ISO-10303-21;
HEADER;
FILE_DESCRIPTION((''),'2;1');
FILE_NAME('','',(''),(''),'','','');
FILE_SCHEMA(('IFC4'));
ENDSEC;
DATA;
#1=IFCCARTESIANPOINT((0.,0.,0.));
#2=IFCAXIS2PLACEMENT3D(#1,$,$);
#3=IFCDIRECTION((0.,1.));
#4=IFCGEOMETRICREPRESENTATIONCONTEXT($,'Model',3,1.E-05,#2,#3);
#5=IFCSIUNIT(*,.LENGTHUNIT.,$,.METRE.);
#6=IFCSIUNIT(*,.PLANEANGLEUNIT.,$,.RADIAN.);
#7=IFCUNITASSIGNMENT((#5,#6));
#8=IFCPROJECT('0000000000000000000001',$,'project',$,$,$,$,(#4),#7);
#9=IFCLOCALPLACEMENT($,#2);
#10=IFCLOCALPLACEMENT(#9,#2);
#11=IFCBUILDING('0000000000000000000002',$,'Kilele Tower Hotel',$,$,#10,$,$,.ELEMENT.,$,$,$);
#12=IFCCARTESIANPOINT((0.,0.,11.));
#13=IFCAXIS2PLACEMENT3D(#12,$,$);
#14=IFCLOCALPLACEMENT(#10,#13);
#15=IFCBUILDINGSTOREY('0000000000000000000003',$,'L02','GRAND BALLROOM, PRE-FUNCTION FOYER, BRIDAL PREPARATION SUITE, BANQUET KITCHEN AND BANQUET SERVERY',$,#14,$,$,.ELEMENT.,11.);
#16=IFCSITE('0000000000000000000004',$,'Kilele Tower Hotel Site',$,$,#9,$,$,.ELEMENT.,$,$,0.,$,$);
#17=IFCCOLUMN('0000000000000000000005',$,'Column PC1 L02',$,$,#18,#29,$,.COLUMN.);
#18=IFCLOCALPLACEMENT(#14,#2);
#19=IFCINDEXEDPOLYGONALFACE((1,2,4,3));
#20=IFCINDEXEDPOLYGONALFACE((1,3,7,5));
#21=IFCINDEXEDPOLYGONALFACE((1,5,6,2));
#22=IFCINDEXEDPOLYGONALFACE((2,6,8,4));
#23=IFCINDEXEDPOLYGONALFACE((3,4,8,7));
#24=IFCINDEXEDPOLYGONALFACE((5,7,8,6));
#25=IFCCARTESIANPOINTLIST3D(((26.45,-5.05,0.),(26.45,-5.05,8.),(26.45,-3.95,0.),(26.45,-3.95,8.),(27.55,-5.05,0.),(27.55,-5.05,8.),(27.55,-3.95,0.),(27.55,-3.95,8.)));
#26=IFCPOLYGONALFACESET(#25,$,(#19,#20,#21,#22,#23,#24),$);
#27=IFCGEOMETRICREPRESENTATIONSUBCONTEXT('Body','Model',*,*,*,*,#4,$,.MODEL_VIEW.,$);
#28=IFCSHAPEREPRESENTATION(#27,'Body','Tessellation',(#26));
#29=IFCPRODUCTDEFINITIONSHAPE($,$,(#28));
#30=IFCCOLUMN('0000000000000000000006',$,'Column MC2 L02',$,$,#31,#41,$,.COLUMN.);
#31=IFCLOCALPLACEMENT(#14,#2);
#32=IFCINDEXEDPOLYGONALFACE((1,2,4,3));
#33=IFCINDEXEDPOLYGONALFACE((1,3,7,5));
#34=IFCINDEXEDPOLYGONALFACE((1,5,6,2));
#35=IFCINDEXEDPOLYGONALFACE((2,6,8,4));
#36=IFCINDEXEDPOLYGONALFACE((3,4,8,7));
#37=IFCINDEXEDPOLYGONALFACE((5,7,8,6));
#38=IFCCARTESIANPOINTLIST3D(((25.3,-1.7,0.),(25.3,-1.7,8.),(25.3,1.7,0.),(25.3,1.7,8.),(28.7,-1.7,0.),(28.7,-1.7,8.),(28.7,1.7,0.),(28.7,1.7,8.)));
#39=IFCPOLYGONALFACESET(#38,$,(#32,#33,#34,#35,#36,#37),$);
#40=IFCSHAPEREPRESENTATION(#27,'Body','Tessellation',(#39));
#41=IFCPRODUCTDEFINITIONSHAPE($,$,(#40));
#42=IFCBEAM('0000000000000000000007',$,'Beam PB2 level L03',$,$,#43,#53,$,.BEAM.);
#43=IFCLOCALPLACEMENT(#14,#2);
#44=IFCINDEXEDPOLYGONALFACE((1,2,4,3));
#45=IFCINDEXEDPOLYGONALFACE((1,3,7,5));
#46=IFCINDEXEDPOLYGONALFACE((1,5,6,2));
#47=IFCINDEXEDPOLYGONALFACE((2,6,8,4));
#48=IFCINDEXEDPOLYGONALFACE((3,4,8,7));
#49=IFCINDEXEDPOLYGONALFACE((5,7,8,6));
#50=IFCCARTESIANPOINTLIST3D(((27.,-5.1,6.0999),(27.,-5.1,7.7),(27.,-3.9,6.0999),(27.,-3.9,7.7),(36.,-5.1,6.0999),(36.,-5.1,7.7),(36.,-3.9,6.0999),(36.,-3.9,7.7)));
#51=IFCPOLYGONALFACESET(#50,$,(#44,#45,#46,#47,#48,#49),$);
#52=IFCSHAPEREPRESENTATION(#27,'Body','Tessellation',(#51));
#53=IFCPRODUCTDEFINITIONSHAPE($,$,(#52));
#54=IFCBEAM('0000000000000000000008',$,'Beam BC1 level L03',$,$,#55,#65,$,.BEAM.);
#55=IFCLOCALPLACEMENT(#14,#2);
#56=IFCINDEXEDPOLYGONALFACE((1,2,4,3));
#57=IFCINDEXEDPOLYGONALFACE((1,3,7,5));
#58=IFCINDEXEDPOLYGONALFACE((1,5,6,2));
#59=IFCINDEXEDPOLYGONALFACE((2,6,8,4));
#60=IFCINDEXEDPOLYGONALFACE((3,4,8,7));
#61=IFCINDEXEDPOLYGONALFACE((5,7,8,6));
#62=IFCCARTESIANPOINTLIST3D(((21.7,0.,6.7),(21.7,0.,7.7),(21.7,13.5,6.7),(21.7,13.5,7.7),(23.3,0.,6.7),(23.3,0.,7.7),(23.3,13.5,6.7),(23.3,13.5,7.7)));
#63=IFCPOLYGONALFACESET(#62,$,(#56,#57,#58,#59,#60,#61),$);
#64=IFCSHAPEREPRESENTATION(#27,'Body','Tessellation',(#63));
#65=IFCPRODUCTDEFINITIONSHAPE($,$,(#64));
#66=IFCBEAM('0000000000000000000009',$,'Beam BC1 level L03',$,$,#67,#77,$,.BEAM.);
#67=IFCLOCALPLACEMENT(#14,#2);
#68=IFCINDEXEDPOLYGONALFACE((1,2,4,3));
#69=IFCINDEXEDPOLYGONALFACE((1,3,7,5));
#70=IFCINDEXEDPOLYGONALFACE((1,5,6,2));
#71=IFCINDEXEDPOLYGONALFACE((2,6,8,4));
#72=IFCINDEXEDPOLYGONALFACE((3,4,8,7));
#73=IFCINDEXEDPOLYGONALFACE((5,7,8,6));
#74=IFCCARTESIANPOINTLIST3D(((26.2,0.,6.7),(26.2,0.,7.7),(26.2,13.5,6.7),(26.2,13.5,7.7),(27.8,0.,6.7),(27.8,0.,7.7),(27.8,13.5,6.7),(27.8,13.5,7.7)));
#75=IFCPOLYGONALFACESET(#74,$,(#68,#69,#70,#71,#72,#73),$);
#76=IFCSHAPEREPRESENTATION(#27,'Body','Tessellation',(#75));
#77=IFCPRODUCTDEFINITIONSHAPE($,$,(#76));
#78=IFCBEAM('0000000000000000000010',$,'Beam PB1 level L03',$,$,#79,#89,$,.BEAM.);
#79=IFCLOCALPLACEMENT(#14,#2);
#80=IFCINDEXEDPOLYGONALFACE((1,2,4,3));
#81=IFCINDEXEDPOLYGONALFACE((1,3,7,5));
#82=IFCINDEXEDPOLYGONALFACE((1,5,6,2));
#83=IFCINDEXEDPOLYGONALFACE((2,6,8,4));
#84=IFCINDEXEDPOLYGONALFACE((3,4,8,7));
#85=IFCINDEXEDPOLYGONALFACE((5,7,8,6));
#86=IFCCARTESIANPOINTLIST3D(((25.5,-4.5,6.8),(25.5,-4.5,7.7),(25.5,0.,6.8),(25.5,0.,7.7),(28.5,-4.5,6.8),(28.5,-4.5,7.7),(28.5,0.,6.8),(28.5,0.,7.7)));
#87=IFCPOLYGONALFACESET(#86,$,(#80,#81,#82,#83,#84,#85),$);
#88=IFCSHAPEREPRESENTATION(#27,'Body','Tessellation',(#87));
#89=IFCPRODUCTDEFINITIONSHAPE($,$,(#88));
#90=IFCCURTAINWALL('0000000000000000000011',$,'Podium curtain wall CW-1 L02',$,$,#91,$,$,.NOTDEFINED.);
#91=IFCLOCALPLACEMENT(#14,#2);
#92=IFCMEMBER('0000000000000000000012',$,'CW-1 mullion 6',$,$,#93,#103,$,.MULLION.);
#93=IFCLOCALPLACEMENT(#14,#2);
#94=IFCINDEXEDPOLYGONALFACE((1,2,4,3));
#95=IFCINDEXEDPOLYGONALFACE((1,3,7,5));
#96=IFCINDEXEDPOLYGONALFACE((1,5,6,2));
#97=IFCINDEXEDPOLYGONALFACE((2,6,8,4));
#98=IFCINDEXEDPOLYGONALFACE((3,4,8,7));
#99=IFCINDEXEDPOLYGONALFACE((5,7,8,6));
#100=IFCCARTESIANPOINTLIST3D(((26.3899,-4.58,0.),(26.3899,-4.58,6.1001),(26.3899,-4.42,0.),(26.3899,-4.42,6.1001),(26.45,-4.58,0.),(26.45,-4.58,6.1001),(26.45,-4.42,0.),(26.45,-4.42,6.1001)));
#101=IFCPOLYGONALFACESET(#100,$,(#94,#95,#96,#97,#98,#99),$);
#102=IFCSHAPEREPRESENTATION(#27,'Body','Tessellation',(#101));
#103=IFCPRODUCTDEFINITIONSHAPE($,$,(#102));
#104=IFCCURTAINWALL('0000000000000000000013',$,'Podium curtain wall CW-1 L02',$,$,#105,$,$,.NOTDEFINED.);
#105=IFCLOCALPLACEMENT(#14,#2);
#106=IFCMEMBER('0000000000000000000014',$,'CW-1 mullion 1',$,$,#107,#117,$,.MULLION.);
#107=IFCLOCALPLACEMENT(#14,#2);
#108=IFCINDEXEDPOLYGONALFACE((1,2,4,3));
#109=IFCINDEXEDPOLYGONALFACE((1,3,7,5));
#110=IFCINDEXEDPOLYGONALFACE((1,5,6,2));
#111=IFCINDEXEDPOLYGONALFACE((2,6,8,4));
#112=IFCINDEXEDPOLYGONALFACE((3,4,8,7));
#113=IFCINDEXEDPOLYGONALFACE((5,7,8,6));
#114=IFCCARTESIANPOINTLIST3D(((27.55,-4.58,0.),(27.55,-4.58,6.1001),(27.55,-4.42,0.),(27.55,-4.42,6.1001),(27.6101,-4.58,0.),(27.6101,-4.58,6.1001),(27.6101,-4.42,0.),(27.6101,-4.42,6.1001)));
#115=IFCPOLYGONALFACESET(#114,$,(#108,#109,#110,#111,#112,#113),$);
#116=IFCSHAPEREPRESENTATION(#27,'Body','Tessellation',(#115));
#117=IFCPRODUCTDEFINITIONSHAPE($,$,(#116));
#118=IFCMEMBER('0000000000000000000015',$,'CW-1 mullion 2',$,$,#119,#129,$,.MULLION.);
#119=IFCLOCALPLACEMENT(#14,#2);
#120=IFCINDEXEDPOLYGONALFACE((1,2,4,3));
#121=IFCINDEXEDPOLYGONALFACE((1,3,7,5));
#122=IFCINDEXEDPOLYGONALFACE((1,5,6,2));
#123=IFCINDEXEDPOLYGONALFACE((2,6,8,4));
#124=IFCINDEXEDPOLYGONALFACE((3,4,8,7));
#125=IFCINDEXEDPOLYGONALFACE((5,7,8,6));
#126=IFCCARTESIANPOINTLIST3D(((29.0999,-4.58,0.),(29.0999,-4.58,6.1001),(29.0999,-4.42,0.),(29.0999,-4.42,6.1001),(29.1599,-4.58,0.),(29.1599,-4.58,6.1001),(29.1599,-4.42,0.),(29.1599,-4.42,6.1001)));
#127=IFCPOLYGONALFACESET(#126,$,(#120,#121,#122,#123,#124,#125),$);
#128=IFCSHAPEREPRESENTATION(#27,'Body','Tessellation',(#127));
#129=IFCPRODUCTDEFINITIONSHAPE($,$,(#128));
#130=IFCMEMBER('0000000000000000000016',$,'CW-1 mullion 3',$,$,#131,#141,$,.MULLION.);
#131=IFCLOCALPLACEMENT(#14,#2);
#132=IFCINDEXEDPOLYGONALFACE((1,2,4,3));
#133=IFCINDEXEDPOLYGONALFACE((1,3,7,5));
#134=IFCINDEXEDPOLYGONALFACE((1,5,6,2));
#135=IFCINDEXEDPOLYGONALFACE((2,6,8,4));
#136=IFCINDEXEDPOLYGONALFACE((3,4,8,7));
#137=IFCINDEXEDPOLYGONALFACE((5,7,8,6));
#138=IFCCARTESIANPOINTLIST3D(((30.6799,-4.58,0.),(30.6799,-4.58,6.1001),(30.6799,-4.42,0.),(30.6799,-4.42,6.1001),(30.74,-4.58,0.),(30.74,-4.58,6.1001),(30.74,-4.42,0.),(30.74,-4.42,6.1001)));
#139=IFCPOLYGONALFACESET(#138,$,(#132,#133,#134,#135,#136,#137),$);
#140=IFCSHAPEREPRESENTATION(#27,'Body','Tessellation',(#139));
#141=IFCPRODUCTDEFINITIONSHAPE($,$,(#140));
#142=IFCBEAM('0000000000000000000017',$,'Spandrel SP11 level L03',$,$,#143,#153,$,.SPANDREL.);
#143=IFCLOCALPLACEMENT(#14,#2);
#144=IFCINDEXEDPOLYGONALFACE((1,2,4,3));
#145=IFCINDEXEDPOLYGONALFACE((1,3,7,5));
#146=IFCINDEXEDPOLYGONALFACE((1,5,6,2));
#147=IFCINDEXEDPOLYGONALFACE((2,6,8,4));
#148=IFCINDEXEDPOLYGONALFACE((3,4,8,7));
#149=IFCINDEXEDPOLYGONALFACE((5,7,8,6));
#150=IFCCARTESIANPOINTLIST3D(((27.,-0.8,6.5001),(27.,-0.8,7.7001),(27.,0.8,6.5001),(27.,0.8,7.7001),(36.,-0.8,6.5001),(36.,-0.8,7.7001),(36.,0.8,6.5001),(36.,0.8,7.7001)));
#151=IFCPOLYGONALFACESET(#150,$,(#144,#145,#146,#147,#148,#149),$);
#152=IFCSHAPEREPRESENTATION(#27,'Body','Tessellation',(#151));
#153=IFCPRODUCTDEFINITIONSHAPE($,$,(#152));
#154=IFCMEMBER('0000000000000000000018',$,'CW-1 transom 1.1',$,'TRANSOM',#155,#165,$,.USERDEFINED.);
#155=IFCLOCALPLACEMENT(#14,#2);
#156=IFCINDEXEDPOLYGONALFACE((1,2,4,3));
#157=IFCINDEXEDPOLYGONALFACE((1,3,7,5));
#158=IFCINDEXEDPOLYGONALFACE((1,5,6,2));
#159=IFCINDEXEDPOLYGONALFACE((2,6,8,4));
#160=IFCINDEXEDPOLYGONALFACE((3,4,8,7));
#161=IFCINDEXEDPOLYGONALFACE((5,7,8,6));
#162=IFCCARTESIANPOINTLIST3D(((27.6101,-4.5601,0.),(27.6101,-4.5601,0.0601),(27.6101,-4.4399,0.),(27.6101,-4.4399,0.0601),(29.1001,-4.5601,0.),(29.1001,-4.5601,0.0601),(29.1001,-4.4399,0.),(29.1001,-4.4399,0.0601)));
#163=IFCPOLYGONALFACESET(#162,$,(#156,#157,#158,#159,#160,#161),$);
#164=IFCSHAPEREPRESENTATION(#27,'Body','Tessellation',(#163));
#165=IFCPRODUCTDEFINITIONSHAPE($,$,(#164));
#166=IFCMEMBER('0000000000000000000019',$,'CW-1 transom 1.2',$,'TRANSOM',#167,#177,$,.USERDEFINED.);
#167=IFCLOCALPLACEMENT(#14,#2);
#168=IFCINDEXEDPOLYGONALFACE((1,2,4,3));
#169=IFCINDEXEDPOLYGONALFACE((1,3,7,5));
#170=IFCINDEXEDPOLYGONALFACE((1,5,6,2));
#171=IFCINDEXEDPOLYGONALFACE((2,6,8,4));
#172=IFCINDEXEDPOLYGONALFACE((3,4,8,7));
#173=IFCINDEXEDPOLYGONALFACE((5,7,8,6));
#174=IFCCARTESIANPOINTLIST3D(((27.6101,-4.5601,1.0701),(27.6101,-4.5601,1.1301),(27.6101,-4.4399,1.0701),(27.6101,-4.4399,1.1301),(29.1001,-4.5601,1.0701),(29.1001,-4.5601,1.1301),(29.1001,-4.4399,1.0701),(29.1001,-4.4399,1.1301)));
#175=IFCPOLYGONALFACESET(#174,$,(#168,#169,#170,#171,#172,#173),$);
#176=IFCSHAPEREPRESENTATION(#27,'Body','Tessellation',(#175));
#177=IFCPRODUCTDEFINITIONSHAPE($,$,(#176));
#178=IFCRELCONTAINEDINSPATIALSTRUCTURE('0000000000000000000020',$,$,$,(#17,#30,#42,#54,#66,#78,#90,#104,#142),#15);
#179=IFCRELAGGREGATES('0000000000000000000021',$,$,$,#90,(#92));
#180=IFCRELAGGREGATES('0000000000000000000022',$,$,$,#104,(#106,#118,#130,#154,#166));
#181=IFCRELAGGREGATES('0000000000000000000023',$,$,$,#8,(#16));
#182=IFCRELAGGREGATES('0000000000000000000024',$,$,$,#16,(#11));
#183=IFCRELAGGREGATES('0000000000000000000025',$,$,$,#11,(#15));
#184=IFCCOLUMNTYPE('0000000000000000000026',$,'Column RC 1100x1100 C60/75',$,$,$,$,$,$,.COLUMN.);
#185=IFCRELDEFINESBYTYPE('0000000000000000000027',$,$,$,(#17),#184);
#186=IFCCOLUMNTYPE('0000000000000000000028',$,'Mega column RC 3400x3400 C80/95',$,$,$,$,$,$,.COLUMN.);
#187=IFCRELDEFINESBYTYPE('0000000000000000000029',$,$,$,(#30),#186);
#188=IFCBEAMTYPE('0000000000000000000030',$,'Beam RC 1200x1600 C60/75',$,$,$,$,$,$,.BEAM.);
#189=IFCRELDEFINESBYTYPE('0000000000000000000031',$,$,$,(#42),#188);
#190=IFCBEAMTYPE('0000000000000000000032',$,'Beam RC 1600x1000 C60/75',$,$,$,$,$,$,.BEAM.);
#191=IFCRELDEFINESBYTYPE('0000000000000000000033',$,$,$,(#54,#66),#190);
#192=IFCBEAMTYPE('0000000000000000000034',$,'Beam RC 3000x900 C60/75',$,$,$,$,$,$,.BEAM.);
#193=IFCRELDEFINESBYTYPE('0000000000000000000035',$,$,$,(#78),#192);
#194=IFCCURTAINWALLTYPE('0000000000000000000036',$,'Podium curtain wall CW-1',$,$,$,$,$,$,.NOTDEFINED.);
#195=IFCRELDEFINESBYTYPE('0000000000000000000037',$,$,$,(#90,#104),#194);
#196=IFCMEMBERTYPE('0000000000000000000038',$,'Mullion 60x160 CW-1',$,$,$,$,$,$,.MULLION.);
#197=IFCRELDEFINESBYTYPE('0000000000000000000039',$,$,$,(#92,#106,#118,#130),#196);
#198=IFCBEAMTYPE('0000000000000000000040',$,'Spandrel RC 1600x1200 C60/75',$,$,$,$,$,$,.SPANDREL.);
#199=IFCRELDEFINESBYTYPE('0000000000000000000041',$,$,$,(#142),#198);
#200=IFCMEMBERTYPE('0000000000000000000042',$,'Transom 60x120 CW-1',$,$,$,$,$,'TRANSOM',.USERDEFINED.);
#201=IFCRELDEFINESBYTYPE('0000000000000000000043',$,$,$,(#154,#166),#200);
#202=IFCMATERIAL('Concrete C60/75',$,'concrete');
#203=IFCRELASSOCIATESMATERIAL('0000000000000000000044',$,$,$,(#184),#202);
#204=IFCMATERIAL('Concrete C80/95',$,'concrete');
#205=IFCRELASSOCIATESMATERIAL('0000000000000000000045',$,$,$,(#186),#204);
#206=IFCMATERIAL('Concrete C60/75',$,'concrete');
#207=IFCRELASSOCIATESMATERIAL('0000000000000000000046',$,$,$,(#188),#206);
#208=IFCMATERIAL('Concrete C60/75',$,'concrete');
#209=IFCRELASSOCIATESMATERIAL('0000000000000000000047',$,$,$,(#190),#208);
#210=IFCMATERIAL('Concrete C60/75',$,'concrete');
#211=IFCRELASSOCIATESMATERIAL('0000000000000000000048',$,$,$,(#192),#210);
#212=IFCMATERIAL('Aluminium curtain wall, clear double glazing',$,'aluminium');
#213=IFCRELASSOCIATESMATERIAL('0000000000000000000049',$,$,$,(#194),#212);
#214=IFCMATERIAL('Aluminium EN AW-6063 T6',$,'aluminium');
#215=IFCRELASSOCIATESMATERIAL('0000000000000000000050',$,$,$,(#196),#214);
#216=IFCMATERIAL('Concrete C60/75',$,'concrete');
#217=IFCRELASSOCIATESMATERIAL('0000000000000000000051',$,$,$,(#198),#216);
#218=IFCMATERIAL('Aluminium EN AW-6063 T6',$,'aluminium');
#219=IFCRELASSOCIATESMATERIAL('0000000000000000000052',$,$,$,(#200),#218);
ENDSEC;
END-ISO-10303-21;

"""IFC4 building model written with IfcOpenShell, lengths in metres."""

from ifc_helpers import new_model, si_unit, direction, frame, origin, origin_2d, place, context, subcontext, project, spatial, rectangle, extrude, material, material_profile, profile_set, type_object, element, aggregate, save


model = new_model("IFC4")

# Units and contexts
model_context = context("Model", 3, precision=1e-05, world=origin(), true_north=direction((0.0, 1.0)))
body_context = subcontext(model_context, "Body", "Model", "MODEL_VIEW")
ifc_project = project(units=[si_unit("LENGTHUNIT", "METRE"), si_unit("PLANEANGLEUNIT", "RADIAN")], contexts=[model_context])

# Site, building, storey
site_placement = place(None, origin())
site = spatial("IfcSite", under=ifc_project, at=site_placement, Name="Kilele Tower Hotel Site", CompositionType="ELEMENT", RefElevation=0.0)
building_placement = place(site_placement, origin())
building = spatial("IfcBuilding", under=site, at=building_placement, Name="Kilele Tower Hotel", CompositionType="ELEMENT")
storey_placement = place(building_placement, frame((0.0, 0.0, 11.0)))
storey = spatial("IfcBuildingStorey", under=building, at=storey_placement, Name="L02", Description="GRAND BALLROOM, PRE-FUNCTION FOYER, BRIDAL PREPARATION SUITE, BANQUET KITCHEN AND BANQUET SERVERY", CompositionType="ELEMENT", Elevation=11.0)

# Columns
ifc_material_1 = material(Name="Concrete C60/75", Category="concrete")
ifc_material_profile_1 = material_profile(ifc_material_1, rectangle(XDim=1.1001, YDim=1.1001, at=origin_2d()))
ifc_profile_set_1 = profile_set([ifc_material_profile_1], Name="Concrete C60/75")
column_type_1 = type_object("IfcColumnType", Name="Column RC 1100x1100 C60/75", PredefinedType="COLUMN", material=ifc_profile_set_1)
column_1_placement = place(storey_placement, frame((27.0, -4.5, 0.0), z_axis=(0.0, 0.0, 1.0), x_axis=(1.0, 0.0, 0.0)))
element("IfcColumn", 1, at=column_1_placement, inside=storey, type_object=column_type_1, Name="Column PC1 L02", PredefinedType="COLUMN", context=body_context, shape_type="SweptSolid", body=[
    extrude(rectangle(XDim=1.1001, YDim=1.1001, at=origin_2d()), origin(), (0.0, 0.0, 1.0), 8.0),
])
ifc_material_2 = material(Name="Concrete C80/95", Category="concrete")
ifc_material_profile_2 = material_profile(ifc_material_2, rectangle(XDim=3.3999, YDim=3.3999, at=origin_2d()))
ifc_profile_set_2 = profile_set([ifc_material_profile_2], Name="Concrete C80/95")
column_type_2 = type_object("IfcColumnType", Name="Mega column RC 3400x3400 C80/95", PredefinedType="COLUMN", material=ifc_profile_set_2)
column_2_placement = place(storey_placement, frame((27.0, 0.0, 0.0), z_axis=(0.0, 0.0, 1.0), x_axis=(1.0, 0.0, 0.0)))
element("IfcColumn", 2, at=column_2_placement, inside=storey, type_object=column_type_2, Name="Column MC2 L02", PredefinedType="COLUMN", context=body_context, shape_type="SweptSolid", body=[
    extrude(rectangle(XDim=3.3999, YDim=3.3999, at=origin_2d()), origin(), (0.0, 0.0, 1.0), 8.0),
])

# Beams
ifc_material_3 = material(Name="Concrete C60/75", Category="concrete")
ifc_material_profile_3 = material_profile(ifc_material_3, rectangle(XDim=1.2, YDim=1.6001, at=origin_2d()))
ifc_profile_set_3 = profile_set([ifc_material_profile_3], Name="Concrete C60/75")
beam_type_1 = type_object("IfcBeamType", Name="Beam RC 1200x1600 C60/75", PredefinedType="BEAM", material=ifc_profile_set_3)
beam_1_placement = place(storey_placement, frame((27.0, -4.5, 6.8999), z_axis=(1.0, 0.0, 0.0), x_axis=(0.0, 1.0, 0.0)))
element("IfcBeam", 3, at=beam_1_placement, inside=storey, type_object=beam_type_1, Name="Beam PB2 level L03", PredefinedType="BEAM", context=body_context, shape_type="SweptSolid", body=[
    extrude(rectangle(XDim=1.2, YDim=1.6001, at=origin_2d()), origin(), (0.0, 0.0, 1.0), 9.0),
])
ifc_material_4 = material(Name="Concrete C60/75", Category="concrete")
ifc_material_profile_4 = material_profile(ifc_material_4, rectangle(XDim=1.6001, YDim=1.0, at=origin_2d()))
ifc_profile_set_4 = profile_set([ifc_material_profile_4], Name="Concrete C60/75")
beam_type_2 = type_object("IfcBeamType", Name="Beam RC 1600x1000 C60/75", PredefinedType="BEAM", material=ifc_profile_set_4)
for number, where, z_axis, x_axis, name in (
    (4, (22.5, 0.0, 7.2), (0.0, 1.0, 0.0), (-1.0, 0.0, 0.0), "Beam BC1 level L03"),
    (5, (27.0, 0.0, 7.2), (0.0, 1.0, 0.0), (-1.0, 0.0, 0.0), "Beam BC1 level L03"),
):
    element("IfcBeam", number, at=place(storey_placement, frame(where, z_axis=z_axis, x_axis=x_axis)), inside=storey, type_object=beam_type_2, Name=name, PredefinedType="BEAM", context=body_context, shape_type="SweptSolid", body=[
        extrude(rectangle(XDim=1.6001, YDim=1.0, at=origin_2d()), origin(), (0.0, 0.0, 1.0), 13.5),
    ])
ifc_material_5 = material(Name="Concrete C60/75", Category="concrete")
ifc_material_profile_5 = material_profile(ifc_material_5, rectangle(XDim=3.0, YDim=0.8999, at=origin_2d()))
ifc_profile_set_5 = profile_set([ifc_material_profile_5], Name="Concrete C60/75")
beam_type_3 = type_object("IfcBeamType", Name="Beam RC 3000x900 C60/75", PredefinedType="BEAM", material=ifc_profile_set_5)
beam_2_placement = place(storey_placement, frame((27.0, -4.5, 7.25), z_axis=(0.0, 1.0, 0.0), x_axis=(-1.0, 0.0, 0.0)))
element("IfcBeam", 6, at=beam_2_placement, inside=storey, type_object=beam_type_3, Name="Beam PB1 level L03", PredefinedType="BEAM", context=body_context, shape_type="SweptSolid", body=[
    extrude(rectangle(XDim=3.0, YDim=0.8999, at=origin_2d()), origin(), (0.0, 0.0, 1.0), 4.5),
])

# Curtain wall, member
ifc_material_6 = material(Name="Aluminium curtain wall, clear double glazing", Category="aluminium")
curtain_wall_type = type_object("IfcCurtainWallType", Name="Podium curtain wall CW-1", PredefinedType="NOTDEFINED", material=ifc_material_6)
curtain_wall_1_placement = place(storey_placement, origin())
curtain_wall_1 = element("IfcCurtainWall", 7, at=curtain_wall_1_placement, inside=storey, type_object=curtain_wall_type, Name="Podium curtain wall CW-1 L02", PredefinedType="NOTDEFINED")
ifc_material_7 = material(Name="Aluminium EN AW-6063 T6", Category="aluminium")
ifc_material_profile_6 = material_profile(ifc_material_7, rectangle(XDim=0.1599, YDim=0.0601, at=origin_2d()))
ifc_profile_set_6 = profile_set([ifc_material_profile_6], Name="Aluminium EN AW-6063 T6")
member_type_1 = type_object("IfcMemberType", Name="Mullion 60x160 CW-1", PredefinedType="MULLION", material=ifc_profile_set_6)
member_1_placement = place(storey_placement, frame((26.4199, -4.5, 0.0), z_axis=(0.0, 0.0, 1.0), x_axis=(0.0, 1.0, 0.0)))
member_1 = element("IfcMember", 8, at=member_1_placement, type_object=member_type_1, Name="CW-1 mullion 6", PredefinedType="MULLION", context=body_context, shape_type="SweptSolid", body=[
    extrude(rectangle(XDim=0.1599, YDim=0.0601, at=origin_2d()), origin(), (0.0, 0.0, 1.0), 6.1001),
])

# Curtain wall, members
curtain_wall_2_placement = place(storey_placement, origin())
curtain_wall_2 = element("IfcCurtainWall", 9, at=curtain_wall_2_placement, inside=storey, type_object=curtain_wall_type, Name="Podium curtain wall CW-1 L02", PredefinedType="NOTDEFINED")
member_2_placement = place(storey_placement, frame((27.5801, -4.5, 0.0), z_axis=(0.0, 0.0, 1.0), x_axis=(0.0, 1.0, 0.0)))
member_2 = element("IfcMember", 10, at=member_2_placement, type_object=member_type_1, Name="CW-1 mullion 1", PredefinedType="MULLION", context=body_context, shape_type="SweptSolid", body=[
    extrude(rectangle(XDim=0.1599, YDim=0.0601, at=origin_2d()), origin(), (0.0, 0.0, 1.0), 6.1001),
])
member_3_placement = place(storey_placement, frame((29.1299, -4.5, 0.0), z_axis=(0.0, 0.0, 1.0), x_axis=(0.0, 1.0, 0.0)))
member_3 = element("IfcMember", 11, at=member_3_placement, type_object=member_type_1, Name="CW-1 mullion 2", PredefinedType="MULLION", context=body_context, shape_type="SweptSolid", body=[
    extrude(rectangle(XDim=0.1599, YDim=0.0601, at=origin_2d()), origin(), (0.0, 0.0, 1.0), 6.1001),
])
member_4_placement = place(storey_placement, frame((30.71, -4.5, 0.0), z_axis=(0.0, 0.0, 1.0), x_axis=(0.0, 1.0, 0.0)))
member_4 = element("IfcMember", 12, at=member_4_placement, type_object=member_type_1, Name="CW-1 mullion 3", PredefinedType="MULLION", context=body_context, shape_type="SweptSolid", body=[
    extrude(rectangle(XDim=0.1599, YDim=0.0601, at=origin_2d()), origin(), (0.0, 0.0, 1.0), 6.1001),
])

# Beam
ifc_material_8 = material(Name="Concrete C60/75", Category="concrete")
ifc_material_profile_7 = material_profile(ifc_material_8, rectangle(XDim=1.6001, YDim=1.2, at=origin_2d()))
ifc_profile_set_7 = profile_set([ifc_material_profile_7], Name="Concrete C60/75")
beam_type_4 = type_object("IfcBeamType", Name="Spandrel RC 1600x1200 C60/75", PredefinedType="SPANDREL", material=ifc_profile_set_7)
beam_3_placement = place(storey_placement, frame((27.0, 0.0, 7.1001), z_axis=(1.0, 0.0, 0.0), x_axis=(0.0, 1.0, 0.0)))
element("IfcBeam", 13, at=beam_3_placement, inside=storey, type_object=beam_type_4, Name="Spandrel SP11 level L03", PredefinedType="SPANDREL", context=body_context, shape_type="SweptSolid", body=[
    extrude(rectangle(XDim=1.6001, YDim=1.2, at=origin_2d()), origin(), (0.0, 0.0, 1.0), 9.0),
])

# Members
ifc_material_9 = material(Name="Aluminium EN AW-6063 T6", Category="aluminium")
ifc_material_profile_8 = material_profile(ifc_material_9, rectangle(XDim=0.1201, YDim=0.0601, at=origin_2d()))
ifc_profile_set_8 = profile_set([ifc_material_profile_8], Name="Aluminium EN AW-6063 T6")
member_type_2 = type_object("IfcMemberType", Name="Transom 60x120 CW-1", ElementType="TRANSOM", PredefinedType="USERDEFINED", material=ifc_profile_set_8)
member_5_placement = place(storey_placement, frame((27.6101, -4.5, 0.03), z_axis=(1.0, 0.0, 0.0), x_axis=(0.0, 1.0, 0.0)))
member_5 = element("IfcMember", 14, at=member_5_placement, type_object=member_type_2, Name="CW-1 transom 1.1", ObjectType="TRANSOM", PredefinedType="USERDEFINED", context=body_context, shape_type="SweptSolid", body=[
    extrude(rectangle(XDim=0.1201, YDim=0.0601, at=origin_2d()), origin(), (0.0, 0.0, 1.0), 1.49),
])
member_6_placement = place(storey_placement, frame((27.6101, -4.5, 1.1001), z_axis=(1.0, 0.0, 0.0), x_axis=(0.0, 1.0, 0.0)))
member_6 = element("IfcMember", 15, at=member_6_placement, type_object=member_type_2, Name="CW-1 transom 1.2", ObjectType="TRANSOM", PredefinedType="USERDEFINED", context=body_context, shape_type="SweptSolid", body=[
    extrude(rectangle(XDim=0.1201, YDim=0.0601, at=origin_2d()), origin(), (0.0, 0.0, 1.0), 1.49),
])

aggregate(curtain_wall_1, [member_1])
aggregate(curtain_wall_2, [member_2, member_3, member_4, member_5, member_6])

save(model, "model.ifc")
